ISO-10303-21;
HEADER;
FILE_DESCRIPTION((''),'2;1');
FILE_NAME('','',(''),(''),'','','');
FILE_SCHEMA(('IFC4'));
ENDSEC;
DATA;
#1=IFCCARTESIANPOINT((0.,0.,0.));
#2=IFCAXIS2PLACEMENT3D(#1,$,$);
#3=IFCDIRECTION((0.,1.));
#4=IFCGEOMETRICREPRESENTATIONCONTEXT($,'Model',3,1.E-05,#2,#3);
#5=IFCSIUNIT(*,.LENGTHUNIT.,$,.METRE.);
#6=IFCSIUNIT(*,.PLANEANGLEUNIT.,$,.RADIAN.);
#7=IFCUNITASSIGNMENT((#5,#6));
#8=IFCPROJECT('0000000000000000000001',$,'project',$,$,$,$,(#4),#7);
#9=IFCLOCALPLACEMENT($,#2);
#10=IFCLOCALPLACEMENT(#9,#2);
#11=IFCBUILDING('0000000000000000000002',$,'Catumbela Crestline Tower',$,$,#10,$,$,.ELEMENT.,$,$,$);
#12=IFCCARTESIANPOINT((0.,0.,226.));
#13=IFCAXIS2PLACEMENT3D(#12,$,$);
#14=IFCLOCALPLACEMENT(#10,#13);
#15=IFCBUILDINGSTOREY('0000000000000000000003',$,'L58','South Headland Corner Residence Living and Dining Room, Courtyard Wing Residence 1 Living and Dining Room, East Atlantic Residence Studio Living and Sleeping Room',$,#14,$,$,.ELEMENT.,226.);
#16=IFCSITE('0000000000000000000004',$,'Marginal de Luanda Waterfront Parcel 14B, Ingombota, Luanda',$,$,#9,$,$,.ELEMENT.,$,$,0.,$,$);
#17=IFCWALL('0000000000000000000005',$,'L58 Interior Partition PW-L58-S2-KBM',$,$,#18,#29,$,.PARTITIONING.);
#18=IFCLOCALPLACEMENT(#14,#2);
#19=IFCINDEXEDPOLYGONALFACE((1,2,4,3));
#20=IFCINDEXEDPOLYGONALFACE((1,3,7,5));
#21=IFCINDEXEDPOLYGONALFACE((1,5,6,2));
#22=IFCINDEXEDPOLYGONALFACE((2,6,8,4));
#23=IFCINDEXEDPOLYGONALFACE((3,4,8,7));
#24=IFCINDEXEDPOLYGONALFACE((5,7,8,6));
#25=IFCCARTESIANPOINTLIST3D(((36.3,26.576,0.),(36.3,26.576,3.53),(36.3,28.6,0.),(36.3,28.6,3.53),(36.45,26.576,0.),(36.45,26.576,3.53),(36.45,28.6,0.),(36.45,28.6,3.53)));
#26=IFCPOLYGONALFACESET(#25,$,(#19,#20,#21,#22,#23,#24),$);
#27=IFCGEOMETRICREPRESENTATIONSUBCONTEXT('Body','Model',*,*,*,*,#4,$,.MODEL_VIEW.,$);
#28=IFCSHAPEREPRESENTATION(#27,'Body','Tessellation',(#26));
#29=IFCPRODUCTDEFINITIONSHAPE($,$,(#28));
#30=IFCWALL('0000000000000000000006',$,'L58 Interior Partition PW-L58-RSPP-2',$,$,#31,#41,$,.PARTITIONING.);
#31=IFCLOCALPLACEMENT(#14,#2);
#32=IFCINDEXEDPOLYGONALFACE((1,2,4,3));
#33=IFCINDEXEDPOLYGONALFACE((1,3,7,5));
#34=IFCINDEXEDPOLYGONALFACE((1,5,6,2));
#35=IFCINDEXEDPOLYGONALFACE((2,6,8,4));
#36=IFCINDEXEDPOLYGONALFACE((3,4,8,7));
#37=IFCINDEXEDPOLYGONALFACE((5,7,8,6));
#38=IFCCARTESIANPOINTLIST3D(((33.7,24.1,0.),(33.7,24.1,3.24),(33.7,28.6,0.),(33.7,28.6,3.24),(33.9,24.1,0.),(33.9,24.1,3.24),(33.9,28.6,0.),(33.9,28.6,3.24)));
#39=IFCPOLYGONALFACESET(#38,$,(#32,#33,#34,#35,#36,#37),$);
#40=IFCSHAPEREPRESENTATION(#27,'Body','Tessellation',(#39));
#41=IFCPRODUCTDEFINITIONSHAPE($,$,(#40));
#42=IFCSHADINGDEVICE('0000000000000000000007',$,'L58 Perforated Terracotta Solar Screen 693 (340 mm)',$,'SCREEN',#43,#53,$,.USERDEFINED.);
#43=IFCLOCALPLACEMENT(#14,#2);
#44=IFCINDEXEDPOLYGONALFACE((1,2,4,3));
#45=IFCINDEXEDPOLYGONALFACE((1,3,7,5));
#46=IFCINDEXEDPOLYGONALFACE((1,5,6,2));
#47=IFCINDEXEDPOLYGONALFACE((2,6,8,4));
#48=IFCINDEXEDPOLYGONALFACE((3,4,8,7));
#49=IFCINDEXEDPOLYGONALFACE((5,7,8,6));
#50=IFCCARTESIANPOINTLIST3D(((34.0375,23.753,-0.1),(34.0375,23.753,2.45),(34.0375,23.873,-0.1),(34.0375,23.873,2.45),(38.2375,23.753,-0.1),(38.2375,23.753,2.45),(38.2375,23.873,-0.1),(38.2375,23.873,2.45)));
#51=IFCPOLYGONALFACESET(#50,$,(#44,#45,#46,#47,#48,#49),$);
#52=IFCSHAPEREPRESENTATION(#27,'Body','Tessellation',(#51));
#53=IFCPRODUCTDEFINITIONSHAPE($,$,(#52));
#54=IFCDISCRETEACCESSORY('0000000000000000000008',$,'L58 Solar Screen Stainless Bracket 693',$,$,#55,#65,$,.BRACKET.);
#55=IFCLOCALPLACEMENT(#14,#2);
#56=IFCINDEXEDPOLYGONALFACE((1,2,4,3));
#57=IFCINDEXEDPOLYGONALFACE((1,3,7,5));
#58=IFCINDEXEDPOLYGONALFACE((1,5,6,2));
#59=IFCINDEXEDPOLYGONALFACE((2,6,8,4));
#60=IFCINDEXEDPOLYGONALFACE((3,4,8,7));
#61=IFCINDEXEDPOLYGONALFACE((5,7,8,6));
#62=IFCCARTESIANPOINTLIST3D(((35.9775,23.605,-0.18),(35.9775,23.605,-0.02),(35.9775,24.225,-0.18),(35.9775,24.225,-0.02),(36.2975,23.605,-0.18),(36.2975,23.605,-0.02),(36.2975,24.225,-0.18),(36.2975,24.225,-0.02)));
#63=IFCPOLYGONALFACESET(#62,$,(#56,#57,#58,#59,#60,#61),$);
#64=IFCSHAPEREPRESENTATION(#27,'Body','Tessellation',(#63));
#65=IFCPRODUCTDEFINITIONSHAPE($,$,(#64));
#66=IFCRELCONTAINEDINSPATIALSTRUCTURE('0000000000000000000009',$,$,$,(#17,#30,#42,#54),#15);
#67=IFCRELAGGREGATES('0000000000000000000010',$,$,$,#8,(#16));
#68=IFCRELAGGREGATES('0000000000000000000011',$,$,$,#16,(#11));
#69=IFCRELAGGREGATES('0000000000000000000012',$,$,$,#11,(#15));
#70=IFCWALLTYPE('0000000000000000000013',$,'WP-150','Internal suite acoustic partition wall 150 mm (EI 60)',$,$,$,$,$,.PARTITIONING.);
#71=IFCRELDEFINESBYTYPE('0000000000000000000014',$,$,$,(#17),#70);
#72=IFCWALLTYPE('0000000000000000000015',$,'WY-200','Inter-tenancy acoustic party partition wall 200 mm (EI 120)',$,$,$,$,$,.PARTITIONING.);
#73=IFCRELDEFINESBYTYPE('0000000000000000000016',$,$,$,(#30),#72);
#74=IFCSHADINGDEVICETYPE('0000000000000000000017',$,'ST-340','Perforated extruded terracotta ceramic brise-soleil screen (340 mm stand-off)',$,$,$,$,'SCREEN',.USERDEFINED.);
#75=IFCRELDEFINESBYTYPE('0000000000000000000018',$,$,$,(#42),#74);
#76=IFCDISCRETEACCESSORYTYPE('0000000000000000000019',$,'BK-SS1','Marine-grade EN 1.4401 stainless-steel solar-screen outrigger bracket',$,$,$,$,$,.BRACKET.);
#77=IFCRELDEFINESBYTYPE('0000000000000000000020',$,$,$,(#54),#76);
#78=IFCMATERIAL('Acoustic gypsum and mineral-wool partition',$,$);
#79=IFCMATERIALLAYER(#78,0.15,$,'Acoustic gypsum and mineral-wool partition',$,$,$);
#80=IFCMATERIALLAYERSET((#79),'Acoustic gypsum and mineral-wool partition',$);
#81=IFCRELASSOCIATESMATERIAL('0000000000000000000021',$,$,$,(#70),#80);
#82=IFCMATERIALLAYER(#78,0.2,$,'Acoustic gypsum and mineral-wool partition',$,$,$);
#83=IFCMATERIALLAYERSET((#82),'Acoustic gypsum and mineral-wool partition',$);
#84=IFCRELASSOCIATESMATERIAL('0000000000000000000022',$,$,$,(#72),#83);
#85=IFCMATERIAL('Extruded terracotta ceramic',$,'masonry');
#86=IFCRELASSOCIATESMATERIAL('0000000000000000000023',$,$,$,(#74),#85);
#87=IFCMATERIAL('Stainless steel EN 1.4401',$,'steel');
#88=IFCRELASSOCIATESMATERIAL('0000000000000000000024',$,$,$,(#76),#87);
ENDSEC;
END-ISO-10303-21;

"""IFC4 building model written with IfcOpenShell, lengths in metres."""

from ifc_helpers import new_model, si_unit, direction, frame, frame_2d, origin, origin_2d, place, context, subcontext, project, spatial, rectangle, extrude, material, layer, layer_set, type_object, element, save


model = new_model("IFC4")

# Units and contexts
model_context = context("Model", 3, precision=1e-05, world=origin(), true_north=direction((0.0, 1.0)))
body_context = subcontext(model_context, "Body", "Model", "MODEL_VIEW")
ifc_project = project(units=[si_unit("LENGTHUNIT", "METRE"), si_unit("PLANEANGLEUNIT", "RADIAN")], contexts=[model_context])

# Site, building, storey
site_placement = place(None, origin())
site = spatial("IfcSite", under=ifc_project, at=site_placement, Name="Marginal de Luanda Waterfront Parcel 14B, Ingombota, Luanda", CompositionType="ELEMENT", RefElevation=0.0)
building_placement = place(site_placement, origin())
building = spatial("IfcBuilding", under=site, at=building_placement, Name="Catumbela Crestline Tower", CompositionType="ELEMENT")
storey_placement = place(building_placement, frame((0.0, 0.0, 226.0)))
storey = spatial("IfcBuildingStorey", under=building, at=storey_placement, Name="L58", Description="South Headland Corner Residence Living and Dining Room, Courtyard Wing Residence 1 Living and Dining Room, East Atlantic Residence Studio Living and Sleeping Room", CompositionType="ELEMENT", Elevation=226.0)

# Walls
ifc_material_1 = material(Name="Acoustic gypsum and mineral-wool partition")
ifc_layer_1 = layer(ifc_material_1, 0.15, Name="Acoustic gypsum and mineral-wool partition")
ifc_layer_set_1 = layer_set([ifc_layer_1], Name="Acoustic gypsum and mineral-wool partition")
wall_type_1 = type_object("IfcWallType", Name="WP-150", Description="Internal suite acoustic partition wall 150 mm (EI 60)", PredefinedType="PARTITIONING", material=ifc_layer_set_1)
wall_1_placement = place(storey_placement, frame((36.375, 26.576, 0.0), z_axis=(0.0, 0.0, 1.0), x_axis=(0.0, 1.0, 0.0)))
element("IfcWall", 1, at=wall_1_placement, inside=storey, type_object=wall_type_1, Name="L58 Interior Partition PW-L58-S2-KBM", PredefinedType="PARTITIONING", context=body_context, shape_type="SweptSolid", body=[
    extrude(rectangle(XDim=2.024, YDim=0.15, at=frame_2d((1.012, 0.0))), origin(), (0.0, 0.0, 1.0), 3.53),
])
ifc_layer_2 = layer(ifc_material_1, 0.2, Name="Acoustic gypsum and mineral-wool partition")
ifc_layer_set_2 = layer_set([ifc_layer_2], Name="Acoustic gypsum and mineral-wool partition")
wall_type_2 = type_object("IfcWallType", Name="WY-200", Description="Inter-tenancy acoustic party partition wall 200 mm (EI 120)", PredefinedType="PARTITIONING", material=ifc_layer_set_2)
wall_2_placement = place(storey_placement, frame((33.8, 24.1, 0.0), z_axis=(0.0, 0.0, 1.0), x_axis=(0.0, 1.0, 0.0)))
element("IfcWall", 2, at=wall_2_placement, inside=storey, type_object=wall_type_2, Name="L58 Interior Partition PW-L58-RSPP-2", PredefinedType="PARTITIONING", context=body_context, shape_type="SweptSolid", body=[
    extrude(rectangle(XDim=4.5, YDim=0.2, at=frame_2d((2.25, 0.0))), origin(), (0.0, 0.0, 1.0), 3.24),
])

# Shading device
ifc_material_2 = material(Name="Extruded terracotta ceramic", Category="masonry")
shading_device_type = type_object("IfcShadingDeviceType", Name="ST-340", Description="Perforated extruded terracotta ceramic brise-soleil screen (340 mm stand-off)", ElementType="SCREEN", PredefinedType="USERDEFINED", material=ifc_material_2)
shading_device_placement = place(storey_placement, frame((36.1375, 23.813, -0.1), z_axis=(0.0, 0.0, 1.0), x_axis=(1.0, 0.0, 0.0)))
element("IfcShadingDevice", 3, at=shading_device_placement, inside=storey, type_object=shading_device_type, Name="L58 Perforated Terracotta Solar Screen 693 (340 mm)", ObjectType="SCREEN", PredefinedType="USERDEFINED", context=body_context, shape_type="SweptSolid", body=[
    extrude(rectangle(XDim=4.2, YDim=0.12, at=origin_2d()), origin(), (0.0, 0.0, 1.0), 2.55),
])

# Discrete accessory
ifc_material_3 = material(Name="Stainless steel EN 1.4401", Category="steel")
discrete_accessory_type = type_object("IfcDiscreteAccessoryType", Name="BK-SS1", Description="Marine-grade EN 1.4401 stainless-steel solar-screen outrigger bracket", PredefinedType="BRACKET", material=ifc_material_3)
discrete_accessory_placement = place(storey_placement, frame((36.1375, 23.915, -0.18), z_axis=(0.0, 0.0, 1.0), x_axis=(1.0, 0.0, 0.0)))
element("IfcDiscreteAccessory", 4, at=discrete_accessory_placement, inside=storey, type_object=discrete_accessory_type, Name="L58 Solar Screen Stainless Bracket 693", PredefinedType="BRACKET", context=body_context, shape_type="SweptSolid", body=[
    extrude(rectangle(XDim=0.32, YDim=0.62, at=origin_2d()), origin(), (0.0, 0.0, 1.0), 0.16),
])

save(model, "model.ifc")
